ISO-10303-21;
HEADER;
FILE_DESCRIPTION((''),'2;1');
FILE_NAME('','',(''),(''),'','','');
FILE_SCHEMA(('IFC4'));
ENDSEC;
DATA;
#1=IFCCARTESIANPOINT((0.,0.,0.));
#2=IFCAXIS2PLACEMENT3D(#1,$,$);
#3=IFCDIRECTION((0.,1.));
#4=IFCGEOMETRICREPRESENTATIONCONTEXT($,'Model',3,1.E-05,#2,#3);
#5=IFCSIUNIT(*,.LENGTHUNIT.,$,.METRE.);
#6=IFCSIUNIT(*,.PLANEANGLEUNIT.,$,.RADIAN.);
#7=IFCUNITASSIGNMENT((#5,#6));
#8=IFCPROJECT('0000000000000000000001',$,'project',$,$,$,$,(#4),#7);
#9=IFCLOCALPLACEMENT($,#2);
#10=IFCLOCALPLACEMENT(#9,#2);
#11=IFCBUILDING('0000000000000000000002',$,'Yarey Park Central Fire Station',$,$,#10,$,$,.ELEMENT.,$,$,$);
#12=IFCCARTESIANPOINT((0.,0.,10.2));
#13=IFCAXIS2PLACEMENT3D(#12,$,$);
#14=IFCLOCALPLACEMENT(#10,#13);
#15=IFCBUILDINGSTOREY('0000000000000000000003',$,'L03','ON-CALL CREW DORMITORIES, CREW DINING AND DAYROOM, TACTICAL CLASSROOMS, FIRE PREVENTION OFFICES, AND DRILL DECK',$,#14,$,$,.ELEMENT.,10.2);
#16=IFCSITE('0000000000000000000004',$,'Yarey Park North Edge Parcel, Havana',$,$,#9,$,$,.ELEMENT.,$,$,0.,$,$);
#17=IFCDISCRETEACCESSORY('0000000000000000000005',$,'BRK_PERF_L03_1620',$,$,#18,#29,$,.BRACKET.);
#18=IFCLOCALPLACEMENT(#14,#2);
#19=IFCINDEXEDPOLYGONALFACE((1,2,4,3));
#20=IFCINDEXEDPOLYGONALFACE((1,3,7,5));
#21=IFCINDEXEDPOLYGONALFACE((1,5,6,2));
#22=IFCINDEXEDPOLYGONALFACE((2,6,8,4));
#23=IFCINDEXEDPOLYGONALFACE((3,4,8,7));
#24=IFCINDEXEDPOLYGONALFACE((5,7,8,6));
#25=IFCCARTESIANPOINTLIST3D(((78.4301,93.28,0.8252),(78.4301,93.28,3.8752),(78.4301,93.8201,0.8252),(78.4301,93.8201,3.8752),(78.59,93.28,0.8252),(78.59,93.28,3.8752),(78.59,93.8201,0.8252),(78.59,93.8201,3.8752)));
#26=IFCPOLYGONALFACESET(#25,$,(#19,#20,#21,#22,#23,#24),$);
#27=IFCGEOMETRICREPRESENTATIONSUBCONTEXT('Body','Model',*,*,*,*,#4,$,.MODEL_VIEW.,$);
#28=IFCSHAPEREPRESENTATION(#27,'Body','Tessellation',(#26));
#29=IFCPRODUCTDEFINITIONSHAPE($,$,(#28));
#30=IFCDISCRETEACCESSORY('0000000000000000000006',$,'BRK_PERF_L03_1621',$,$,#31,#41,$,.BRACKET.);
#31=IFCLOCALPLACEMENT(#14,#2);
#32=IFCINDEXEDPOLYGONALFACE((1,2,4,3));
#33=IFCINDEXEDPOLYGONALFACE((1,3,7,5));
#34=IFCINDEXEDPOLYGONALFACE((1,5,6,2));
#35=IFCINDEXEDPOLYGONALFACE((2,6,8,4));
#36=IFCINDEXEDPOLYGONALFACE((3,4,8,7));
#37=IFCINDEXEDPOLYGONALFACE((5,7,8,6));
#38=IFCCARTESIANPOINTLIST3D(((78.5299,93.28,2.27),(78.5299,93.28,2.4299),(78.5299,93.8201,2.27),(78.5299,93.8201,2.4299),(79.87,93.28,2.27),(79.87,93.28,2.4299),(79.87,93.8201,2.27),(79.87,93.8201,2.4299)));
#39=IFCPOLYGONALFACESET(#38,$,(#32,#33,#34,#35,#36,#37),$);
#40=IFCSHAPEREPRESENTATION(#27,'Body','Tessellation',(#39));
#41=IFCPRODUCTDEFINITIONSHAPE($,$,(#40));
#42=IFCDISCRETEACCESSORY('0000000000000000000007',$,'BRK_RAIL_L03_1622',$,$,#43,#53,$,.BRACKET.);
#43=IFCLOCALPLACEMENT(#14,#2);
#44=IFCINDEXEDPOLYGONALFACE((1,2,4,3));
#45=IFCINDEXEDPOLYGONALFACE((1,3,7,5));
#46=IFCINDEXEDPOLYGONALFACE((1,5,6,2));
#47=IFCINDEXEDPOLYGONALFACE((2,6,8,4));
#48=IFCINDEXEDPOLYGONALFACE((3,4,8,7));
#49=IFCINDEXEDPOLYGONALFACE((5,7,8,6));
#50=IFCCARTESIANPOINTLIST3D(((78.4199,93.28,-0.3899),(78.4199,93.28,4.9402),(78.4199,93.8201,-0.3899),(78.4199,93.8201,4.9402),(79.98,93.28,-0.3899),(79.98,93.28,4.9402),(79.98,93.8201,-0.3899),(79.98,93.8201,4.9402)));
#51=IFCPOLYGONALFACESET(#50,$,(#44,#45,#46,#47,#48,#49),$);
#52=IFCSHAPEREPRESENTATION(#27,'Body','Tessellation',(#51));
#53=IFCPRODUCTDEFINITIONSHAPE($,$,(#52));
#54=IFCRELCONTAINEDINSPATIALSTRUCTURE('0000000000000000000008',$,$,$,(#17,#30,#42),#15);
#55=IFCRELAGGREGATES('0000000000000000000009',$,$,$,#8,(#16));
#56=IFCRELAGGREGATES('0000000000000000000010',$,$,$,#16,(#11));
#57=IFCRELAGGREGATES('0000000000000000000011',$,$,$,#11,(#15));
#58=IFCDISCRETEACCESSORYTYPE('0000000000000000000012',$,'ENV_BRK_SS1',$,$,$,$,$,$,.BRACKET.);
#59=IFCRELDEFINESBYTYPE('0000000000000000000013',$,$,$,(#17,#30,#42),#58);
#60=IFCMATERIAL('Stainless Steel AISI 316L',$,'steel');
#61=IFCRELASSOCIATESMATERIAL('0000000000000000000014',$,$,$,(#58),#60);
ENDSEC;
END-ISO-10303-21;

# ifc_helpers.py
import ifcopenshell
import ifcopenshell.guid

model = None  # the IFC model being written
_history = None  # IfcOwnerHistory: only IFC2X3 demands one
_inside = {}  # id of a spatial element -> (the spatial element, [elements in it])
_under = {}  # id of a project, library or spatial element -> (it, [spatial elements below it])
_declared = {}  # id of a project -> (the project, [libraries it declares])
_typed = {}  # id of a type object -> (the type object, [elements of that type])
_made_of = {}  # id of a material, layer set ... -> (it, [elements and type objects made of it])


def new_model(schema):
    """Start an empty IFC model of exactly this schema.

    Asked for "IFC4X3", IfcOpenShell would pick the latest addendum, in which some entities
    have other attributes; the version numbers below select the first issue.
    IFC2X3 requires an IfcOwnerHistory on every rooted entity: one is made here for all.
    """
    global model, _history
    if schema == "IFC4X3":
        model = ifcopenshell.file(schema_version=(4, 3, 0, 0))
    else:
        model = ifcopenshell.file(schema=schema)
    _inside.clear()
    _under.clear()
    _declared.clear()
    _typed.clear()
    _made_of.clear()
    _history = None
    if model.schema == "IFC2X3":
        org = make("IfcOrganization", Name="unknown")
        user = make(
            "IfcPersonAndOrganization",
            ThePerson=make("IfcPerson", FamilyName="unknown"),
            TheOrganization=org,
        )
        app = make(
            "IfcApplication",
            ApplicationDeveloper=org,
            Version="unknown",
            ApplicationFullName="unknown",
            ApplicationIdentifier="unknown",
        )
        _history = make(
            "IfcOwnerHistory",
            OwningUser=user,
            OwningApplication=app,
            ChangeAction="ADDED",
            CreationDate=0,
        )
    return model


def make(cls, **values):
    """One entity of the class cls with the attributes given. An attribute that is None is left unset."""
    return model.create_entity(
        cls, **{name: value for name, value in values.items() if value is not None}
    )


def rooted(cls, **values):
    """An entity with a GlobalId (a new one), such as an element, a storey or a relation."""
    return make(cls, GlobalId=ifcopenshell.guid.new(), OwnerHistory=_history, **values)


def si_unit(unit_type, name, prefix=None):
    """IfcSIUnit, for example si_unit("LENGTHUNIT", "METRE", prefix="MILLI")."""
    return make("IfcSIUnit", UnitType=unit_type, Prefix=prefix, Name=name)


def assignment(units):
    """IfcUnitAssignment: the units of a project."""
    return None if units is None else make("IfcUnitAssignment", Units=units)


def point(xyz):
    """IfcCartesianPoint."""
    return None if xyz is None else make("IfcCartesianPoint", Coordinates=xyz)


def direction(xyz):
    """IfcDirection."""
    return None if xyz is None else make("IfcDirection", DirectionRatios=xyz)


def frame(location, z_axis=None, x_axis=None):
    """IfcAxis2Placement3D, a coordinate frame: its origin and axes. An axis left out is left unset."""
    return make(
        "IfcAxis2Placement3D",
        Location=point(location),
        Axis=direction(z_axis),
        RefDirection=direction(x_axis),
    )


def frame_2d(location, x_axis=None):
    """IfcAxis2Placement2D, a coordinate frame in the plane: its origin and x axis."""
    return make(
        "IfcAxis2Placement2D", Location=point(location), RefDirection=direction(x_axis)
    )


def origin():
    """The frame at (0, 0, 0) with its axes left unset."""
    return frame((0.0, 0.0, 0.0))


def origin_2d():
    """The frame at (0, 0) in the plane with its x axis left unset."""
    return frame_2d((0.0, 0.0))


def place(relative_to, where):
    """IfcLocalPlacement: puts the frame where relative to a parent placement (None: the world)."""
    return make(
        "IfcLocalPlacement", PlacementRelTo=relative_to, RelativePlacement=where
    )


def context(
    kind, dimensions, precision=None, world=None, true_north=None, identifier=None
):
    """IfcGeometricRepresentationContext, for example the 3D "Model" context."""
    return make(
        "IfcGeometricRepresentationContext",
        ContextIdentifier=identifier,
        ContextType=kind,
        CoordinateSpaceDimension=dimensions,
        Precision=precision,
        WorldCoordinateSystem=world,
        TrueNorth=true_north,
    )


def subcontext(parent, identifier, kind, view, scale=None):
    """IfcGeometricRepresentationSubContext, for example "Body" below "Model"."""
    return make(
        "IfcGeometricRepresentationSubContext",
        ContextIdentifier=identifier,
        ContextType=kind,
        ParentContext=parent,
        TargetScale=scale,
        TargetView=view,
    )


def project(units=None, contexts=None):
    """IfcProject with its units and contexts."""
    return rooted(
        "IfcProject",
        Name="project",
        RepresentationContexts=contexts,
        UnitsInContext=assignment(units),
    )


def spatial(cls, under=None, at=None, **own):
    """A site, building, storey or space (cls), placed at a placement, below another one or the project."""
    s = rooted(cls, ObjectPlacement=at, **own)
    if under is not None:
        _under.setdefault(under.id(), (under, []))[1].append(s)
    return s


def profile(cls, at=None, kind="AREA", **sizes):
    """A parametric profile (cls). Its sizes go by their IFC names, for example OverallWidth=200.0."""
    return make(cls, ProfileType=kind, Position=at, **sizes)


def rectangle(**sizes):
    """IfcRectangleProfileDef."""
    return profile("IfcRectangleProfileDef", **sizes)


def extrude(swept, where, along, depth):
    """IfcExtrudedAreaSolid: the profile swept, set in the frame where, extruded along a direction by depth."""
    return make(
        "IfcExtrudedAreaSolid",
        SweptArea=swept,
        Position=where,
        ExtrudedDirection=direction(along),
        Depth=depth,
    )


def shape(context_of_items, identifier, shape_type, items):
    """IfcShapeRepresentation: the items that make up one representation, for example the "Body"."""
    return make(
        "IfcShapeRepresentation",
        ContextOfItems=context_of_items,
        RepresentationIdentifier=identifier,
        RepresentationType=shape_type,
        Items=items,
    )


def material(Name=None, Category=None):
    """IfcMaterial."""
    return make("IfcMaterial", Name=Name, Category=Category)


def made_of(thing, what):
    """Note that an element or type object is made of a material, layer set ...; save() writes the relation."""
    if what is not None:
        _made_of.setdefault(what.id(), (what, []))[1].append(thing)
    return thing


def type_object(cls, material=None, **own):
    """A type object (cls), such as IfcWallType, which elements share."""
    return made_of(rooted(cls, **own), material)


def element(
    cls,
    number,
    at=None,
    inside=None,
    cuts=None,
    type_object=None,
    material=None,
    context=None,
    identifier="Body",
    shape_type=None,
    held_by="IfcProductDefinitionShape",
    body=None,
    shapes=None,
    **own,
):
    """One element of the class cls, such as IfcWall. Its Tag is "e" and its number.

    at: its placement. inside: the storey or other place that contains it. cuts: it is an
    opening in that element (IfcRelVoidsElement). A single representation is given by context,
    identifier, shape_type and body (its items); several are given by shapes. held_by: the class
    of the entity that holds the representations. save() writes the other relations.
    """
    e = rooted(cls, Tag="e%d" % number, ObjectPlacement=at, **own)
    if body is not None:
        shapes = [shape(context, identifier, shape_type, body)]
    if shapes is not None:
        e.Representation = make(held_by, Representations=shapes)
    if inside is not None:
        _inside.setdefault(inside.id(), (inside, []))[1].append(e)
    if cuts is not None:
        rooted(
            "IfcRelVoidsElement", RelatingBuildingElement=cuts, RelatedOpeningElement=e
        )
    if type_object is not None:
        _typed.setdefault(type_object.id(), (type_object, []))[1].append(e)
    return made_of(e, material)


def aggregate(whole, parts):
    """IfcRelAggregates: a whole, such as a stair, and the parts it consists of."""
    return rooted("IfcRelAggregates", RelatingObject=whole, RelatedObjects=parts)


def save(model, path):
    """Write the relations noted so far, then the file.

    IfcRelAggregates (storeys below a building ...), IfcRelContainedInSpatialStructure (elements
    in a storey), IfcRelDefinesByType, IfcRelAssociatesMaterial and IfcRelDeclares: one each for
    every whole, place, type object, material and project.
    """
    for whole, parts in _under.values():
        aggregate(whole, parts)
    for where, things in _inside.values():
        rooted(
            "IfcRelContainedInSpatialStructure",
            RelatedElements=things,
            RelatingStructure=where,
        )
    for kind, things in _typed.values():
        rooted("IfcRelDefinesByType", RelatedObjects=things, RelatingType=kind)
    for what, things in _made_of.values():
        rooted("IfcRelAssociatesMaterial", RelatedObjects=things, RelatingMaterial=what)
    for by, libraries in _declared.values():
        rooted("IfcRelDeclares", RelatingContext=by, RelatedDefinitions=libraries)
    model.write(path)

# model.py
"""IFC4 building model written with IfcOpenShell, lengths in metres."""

from ifc_helpers import new_model, si_unit, direction, frame, origin, origin_2d, place, context, subcontext, project, spatial, rectangle, extrude, material, type_object, element, save


model = new_model("IFC4")

# Units and contexts
model_context = context("Model", 3, precision=1e-05, world=origin(), true_north=direction((0.0, 1.0)))
body_context = subcontext(model_context, "Body", "Model", "MODEL_VIEW")
ifc_project = project(units=[si_unit("LENGTHUNIT", "METRE"), si_unit("PLANEANGLEUNIT", "RADIAN")], contexts=[model_context])

# Site, building, storey
site_placement = place(None, origin())
site = spatial("IfcSite", under=ifc_project, at=site_placement, Name="Yarey Park North Edge Parcel, Havana", CompositionType="ELEMENT", RefElevation=0.0)
building_placement = place(site_placement, origin())
building = spatial("IfcBuilding", under=site, at=building_placement, Name="Yarey Park Central Fire Station", CompositionType="ELEMENT")
storey_placement = place(building_placement, frame((0.0, 0.0, 10.2)))
storey = spatial("IfcBuildingStorey", under=building, at=storey_placement, Name="L03", Description="ON-CALL CREW DORMITORIES, CREW DINING AND DAYROOM, TACTICAL CLASSROOMS, FIRE PREVENTION OFFICES, AND DRILL DECK", CompositionType="ELEMENT", Elevation=10.2)

# Discrete accessories
ifc_material_1 = material(Name="Stainless Steel AISI 316L", Category="steel")
discrete_accessory_type = type_object("IfcDiscreteAccessoryType", Name="ENV_BRK_SS1", PredefinedType="BRACKET", material=ifc_material_1)
discrete_accessory_1_placement = place(storey_placement, frame((78.51, 93.55, 0.8252), z_axis=(0.0, 0.0, 1.0), x_axis=(1.0, 0.0, 0.0)))
element("IfcDiscreteAccessory", 1, at=discrete_accessory_1_placement, inside=storey, type_object=discrete_accessory_type, Name="BRK_PERF_L03_1620", PredefinedType="BRACKET", context=body_context, shape_type="SweptSolid", body=[
    extrude(rectangle(XDim=0.1599, YDim=0.54, at=origin_2d()), origin(), (0.0, 0.0, 1.0), 3.05),
])
discrete_accessory_2_placement = place(storey_placement, frame((79.2, 93.55, 2.27), z_axis=(0.0, 0.0, 1.0), x_axis=(1.0, 0.0, 0.0)))
element("IfcDiscreteAccessory", 2, at=discrete_accessory_2_placement, inside=storey, type_object=discrete_accessory_type, Name="BRK_PERF_L03_1621", PredefinedType="BRACKET", context=body_context, shape_type="SweptSolid", body=[
    extrude(rectangle(XDim=1.3401, YDim=0.54, at=origin_2d()), origin(), (0.0, 0.0, 1.0), 0.1599),
])
discrete_accessory_3_placement = place(storey_placement, frame((79.2, 93.55, -0.3899), z_axis=(0.0, 0.0, 1.0), x_axis=(1.0, 0.0, 0.0)))
element("IfcDiscreteAccessory", 3, at=discrete_accessory_3_placement, inside=storey, type_object=discrete_accessory_type, Name="BRK_RAIL_L03_1622", PredefinedType="BRACKET", context=body_context, shape_type="SweptSolid", body=[
    extrude(rectangle(XDim=1.5601, YDim=0.54, at=origin_2d()), origin(), (0.0, 0.0, 1.0), 5.3301),
])

save(model, "model.ifc")
